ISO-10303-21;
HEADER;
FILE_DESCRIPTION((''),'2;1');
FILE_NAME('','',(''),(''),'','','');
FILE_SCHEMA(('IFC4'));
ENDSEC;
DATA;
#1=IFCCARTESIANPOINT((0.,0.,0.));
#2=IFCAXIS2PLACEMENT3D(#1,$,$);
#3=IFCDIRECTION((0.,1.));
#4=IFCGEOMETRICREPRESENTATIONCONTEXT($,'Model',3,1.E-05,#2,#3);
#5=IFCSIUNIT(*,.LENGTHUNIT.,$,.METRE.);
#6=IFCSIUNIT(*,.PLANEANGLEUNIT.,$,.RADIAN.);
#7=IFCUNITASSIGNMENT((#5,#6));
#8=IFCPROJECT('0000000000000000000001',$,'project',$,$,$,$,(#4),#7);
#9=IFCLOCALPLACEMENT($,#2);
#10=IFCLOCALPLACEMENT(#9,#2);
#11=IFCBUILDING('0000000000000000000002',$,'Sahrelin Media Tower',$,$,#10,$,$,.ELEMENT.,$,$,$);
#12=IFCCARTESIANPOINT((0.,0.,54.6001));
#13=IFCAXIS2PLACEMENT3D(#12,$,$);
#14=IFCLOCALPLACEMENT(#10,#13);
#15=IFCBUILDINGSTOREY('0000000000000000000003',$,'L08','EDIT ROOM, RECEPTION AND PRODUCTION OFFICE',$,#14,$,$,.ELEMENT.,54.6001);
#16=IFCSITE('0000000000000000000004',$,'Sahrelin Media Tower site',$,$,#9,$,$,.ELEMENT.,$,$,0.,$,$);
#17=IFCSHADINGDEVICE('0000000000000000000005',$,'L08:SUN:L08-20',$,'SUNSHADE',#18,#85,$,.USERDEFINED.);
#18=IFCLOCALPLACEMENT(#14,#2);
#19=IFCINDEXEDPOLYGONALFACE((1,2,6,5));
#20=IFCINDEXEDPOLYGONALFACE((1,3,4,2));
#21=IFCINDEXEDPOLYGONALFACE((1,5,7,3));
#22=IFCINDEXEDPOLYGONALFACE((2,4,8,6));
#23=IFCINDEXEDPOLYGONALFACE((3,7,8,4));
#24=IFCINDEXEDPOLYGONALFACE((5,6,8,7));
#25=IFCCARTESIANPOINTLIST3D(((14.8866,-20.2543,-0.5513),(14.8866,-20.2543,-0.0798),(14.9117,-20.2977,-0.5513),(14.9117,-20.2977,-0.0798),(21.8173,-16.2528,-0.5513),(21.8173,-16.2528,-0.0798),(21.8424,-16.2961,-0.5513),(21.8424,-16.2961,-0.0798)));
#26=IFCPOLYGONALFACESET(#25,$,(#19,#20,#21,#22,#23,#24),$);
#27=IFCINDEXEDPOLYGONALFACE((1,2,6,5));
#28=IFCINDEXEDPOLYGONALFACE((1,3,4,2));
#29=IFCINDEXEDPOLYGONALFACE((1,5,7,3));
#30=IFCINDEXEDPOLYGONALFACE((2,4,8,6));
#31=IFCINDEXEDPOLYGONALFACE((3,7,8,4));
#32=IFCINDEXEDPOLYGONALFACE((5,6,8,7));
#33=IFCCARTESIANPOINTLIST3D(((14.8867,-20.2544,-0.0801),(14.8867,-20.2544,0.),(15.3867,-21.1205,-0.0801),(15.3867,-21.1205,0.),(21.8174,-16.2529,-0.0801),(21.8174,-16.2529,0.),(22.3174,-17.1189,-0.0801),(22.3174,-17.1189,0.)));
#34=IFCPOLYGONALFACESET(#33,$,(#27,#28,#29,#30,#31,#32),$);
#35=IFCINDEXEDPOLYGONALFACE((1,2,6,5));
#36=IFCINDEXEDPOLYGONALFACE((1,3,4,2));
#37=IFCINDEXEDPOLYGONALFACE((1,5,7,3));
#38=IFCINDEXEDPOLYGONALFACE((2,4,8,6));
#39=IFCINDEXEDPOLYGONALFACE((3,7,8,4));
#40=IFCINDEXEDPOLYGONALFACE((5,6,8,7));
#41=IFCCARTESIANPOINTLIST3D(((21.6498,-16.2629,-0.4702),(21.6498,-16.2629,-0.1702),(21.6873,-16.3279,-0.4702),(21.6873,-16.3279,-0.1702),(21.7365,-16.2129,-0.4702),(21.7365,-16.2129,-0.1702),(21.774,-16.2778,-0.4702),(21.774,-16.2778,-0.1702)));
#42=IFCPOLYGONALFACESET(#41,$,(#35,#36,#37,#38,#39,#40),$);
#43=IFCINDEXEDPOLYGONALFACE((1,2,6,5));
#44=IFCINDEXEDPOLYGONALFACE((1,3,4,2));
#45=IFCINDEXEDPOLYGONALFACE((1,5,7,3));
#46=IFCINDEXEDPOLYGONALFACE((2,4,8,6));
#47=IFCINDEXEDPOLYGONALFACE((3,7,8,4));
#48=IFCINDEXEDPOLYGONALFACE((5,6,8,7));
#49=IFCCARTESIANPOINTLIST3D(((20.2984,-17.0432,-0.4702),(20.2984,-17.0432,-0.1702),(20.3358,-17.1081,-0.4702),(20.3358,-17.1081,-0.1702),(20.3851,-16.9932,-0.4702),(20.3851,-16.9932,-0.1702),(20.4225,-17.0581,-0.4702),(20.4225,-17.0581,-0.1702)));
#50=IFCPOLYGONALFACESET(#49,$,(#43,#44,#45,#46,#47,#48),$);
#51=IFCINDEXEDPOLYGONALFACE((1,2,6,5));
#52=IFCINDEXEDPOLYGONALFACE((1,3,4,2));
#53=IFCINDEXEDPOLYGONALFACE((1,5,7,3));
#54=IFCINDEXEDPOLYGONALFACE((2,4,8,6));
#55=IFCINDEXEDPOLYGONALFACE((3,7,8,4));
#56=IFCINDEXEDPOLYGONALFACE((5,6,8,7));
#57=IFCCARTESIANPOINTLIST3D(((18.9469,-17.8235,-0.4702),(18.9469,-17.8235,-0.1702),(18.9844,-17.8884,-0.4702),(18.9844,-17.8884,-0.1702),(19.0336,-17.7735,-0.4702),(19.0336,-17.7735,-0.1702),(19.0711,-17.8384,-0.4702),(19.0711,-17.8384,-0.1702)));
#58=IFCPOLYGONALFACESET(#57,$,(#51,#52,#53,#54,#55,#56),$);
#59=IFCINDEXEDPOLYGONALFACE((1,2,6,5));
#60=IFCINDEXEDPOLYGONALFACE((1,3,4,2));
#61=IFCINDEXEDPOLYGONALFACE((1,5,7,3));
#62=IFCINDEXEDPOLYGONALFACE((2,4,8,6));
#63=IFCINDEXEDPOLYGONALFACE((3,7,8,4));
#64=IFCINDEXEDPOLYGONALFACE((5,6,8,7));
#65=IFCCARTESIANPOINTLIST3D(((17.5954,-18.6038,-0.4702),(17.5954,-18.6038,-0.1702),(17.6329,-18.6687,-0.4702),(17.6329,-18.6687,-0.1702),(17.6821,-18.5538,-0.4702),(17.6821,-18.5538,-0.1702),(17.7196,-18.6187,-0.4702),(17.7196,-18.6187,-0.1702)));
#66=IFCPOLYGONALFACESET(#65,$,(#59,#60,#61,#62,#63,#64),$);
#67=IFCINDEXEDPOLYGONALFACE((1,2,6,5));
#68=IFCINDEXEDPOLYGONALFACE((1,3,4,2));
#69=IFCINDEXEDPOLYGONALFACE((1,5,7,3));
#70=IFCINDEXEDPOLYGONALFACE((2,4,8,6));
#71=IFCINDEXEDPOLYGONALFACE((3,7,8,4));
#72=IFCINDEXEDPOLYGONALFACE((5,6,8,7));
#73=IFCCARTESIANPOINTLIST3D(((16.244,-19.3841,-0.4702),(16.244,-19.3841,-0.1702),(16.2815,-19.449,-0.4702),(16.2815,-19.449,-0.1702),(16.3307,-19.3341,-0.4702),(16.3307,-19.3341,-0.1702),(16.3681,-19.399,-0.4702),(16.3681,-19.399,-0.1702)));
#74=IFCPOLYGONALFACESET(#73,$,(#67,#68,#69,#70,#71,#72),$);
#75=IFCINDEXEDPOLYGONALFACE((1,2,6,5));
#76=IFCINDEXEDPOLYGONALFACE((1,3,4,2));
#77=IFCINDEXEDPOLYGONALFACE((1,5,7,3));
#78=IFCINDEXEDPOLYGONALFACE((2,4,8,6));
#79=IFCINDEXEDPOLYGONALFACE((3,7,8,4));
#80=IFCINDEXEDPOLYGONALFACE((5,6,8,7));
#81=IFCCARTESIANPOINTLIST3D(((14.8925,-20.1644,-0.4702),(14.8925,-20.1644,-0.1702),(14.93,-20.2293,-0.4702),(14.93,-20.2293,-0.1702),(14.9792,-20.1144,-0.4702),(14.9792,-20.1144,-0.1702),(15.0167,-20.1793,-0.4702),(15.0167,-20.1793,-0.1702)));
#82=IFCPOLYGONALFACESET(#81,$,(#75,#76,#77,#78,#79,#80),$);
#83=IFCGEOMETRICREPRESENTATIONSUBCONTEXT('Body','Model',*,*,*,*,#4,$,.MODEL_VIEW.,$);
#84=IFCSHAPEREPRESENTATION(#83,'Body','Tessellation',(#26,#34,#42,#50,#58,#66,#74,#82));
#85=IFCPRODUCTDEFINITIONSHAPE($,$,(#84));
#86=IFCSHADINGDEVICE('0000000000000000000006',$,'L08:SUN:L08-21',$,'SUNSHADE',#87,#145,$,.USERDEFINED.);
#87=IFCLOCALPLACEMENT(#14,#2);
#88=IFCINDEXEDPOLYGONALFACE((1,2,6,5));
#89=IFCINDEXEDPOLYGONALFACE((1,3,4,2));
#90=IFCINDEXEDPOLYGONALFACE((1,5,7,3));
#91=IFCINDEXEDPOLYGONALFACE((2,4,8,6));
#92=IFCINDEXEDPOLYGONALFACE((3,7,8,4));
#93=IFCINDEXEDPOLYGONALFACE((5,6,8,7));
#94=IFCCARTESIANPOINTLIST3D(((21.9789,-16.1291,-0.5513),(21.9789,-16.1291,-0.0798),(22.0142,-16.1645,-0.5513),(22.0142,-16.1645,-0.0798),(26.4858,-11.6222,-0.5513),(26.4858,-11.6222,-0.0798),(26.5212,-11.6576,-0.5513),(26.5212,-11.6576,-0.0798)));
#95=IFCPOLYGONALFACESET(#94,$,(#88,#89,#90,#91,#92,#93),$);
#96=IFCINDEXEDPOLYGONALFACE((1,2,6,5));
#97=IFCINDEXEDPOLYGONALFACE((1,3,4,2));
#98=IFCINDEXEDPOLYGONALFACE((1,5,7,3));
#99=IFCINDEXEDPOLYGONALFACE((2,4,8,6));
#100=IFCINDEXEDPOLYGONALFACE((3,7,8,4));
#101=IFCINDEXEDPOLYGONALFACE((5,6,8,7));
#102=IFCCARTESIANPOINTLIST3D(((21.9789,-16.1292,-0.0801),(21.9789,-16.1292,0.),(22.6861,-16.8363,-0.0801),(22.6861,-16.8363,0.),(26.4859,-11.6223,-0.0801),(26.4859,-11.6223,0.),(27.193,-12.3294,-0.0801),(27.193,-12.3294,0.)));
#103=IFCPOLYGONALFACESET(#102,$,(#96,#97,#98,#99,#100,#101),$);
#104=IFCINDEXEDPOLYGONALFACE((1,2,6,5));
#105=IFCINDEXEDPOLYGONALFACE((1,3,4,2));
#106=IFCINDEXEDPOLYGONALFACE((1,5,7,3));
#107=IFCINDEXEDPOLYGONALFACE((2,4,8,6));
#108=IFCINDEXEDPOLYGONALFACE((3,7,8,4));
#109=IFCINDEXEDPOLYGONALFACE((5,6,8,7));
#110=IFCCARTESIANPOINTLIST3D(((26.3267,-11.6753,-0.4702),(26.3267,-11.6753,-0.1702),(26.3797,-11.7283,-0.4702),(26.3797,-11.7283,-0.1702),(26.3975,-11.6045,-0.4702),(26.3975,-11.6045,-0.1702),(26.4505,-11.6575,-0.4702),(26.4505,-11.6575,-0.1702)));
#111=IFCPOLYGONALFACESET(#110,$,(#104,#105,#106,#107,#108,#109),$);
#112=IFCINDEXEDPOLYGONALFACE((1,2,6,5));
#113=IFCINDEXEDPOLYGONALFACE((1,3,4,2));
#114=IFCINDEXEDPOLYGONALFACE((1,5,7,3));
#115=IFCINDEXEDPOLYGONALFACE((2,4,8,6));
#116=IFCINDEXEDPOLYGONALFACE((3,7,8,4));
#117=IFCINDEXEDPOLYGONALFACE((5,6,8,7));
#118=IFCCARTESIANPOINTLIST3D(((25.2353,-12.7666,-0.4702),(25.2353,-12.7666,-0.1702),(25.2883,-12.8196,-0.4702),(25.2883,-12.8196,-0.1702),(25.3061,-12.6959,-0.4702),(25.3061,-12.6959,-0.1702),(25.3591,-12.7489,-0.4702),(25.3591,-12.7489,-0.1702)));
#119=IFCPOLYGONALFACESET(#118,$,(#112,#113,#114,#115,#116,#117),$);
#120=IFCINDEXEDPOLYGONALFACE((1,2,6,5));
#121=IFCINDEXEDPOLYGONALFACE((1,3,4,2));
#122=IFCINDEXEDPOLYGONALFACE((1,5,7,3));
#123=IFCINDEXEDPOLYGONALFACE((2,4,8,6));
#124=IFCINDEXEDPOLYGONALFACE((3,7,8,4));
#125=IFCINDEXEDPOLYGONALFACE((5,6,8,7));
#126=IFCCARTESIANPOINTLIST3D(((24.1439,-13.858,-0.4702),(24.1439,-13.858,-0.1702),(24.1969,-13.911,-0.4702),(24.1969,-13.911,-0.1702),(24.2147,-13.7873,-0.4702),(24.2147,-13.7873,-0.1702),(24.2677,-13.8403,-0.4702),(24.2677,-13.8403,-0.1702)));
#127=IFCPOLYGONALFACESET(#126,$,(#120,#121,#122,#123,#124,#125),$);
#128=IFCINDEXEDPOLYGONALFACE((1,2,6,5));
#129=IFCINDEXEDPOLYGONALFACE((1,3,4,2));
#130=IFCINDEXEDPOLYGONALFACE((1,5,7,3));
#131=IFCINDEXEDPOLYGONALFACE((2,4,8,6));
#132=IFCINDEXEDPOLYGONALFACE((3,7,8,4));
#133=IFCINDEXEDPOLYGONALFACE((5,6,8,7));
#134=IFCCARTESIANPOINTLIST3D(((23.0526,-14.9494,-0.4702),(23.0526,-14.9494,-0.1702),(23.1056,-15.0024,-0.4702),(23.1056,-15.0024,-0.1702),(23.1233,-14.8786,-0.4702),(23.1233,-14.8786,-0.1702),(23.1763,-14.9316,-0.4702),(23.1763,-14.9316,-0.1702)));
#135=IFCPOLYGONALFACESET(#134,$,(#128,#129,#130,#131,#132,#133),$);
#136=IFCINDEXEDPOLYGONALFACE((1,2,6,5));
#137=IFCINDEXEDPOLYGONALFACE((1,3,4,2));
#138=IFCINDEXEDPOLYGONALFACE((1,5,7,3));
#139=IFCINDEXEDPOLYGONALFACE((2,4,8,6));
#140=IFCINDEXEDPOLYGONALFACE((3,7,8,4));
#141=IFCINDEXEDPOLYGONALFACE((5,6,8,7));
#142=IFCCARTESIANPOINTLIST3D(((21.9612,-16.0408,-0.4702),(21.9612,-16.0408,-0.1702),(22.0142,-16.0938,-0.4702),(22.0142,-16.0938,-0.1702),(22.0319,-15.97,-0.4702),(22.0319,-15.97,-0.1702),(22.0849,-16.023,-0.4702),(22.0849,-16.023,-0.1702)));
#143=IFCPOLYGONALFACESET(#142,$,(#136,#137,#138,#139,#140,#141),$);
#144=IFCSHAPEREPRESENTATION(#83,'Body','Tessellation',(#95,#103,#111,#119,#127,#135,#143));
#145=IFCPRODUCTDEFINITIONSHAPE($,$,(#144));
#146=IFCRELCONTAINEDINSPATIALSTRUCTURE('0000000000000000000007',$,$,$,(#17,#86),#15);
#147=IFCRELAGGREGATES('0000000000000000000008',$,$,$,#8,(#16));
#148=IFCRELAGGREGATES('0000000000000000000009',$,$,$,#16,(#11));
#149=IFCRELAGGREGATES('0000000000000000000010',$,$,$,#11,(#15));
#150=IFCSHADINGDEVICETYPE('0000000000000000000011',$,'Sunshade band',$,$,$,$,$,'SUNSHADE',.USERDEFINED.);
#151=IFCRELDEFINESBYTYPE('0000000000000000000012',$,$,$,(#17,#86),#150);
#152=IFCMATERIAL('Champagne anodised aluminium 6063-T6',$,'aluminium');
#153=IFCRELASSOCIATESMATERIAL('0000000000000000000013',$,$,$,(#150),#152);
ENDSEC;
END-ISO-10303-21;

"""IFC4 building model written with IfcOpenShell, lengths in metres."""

from ifc_helpers import new_model, si_unit, direction, frame, origin, origin_2d, place, context, subcontext, project, spatial, rectangle, extrude, material, type_object, element, save


model = new_model("IFC4")

# Units and contexts
model_context = context("Model", 3, precision=1e-05, world=origin(), true_north=direction((0.0, 1.0)))
body_context = subcontext(model_context, "Body", "Model", "MODEL_VIEW")
ifc_project = project(units=[si_unit("LENGTHUNIT", "METRE"), si_unit("PLANEANGLEUNIT", "RADIAN")], contexts=[model_context])

# Site, building, storey
site_placement = place(None, origin())
site = spatial("IfcSite", under=ifc_project, at=site_placement, Name="Sahrelin Media Tower site", CompositionType="ELEMENT", RefElevation=0.0)
building_placement = place(site_placement, origin())
building = spatial("IfcBuilding", under=site, at=building_placement, Name="Sahrelin Media Tower", CompositionType="ELEMENT")
storey_placement = place(building_placement, frame((0.0, 0.0, 54.6001)))
storey = spatial("IfcBuildingStorey", under=building, at=storey_placement, Name="L08", Description="EDIT ROOM, RECEPTION AND PRODUCTION OFFICE", CompositionType="ELEMENT", Elevation=54.6001)

# Shared definitions
ifc_material_1 = material(Name="Champagne anodised aluminium 6063-T6", Category="aluminium")

# Shading devices
placement_1 = place(storey_placement, frame((18.342, -18.2363, 0.0), z_axis=(0.0, 0.0, 1.0), x_axis=(-0.866019, -0.500011, 0.0)))
placement_2 = place(storey_placement, frame((24.2183, -13.8616, 0.0), z_axis=(0.0, 0.0, 1.0), x_axis=(-0.707107, -0.707107, 0.0)))
shading_device_type_1 = type_object("IfcShadingDeviceType", Name="Sunshade band", ElementType="SUNSHADE", PredefinedType="USERDEFINED", material=ifc_material_1)
element("IfcShadingDevice", 1, at=placement_1, inside=storey, type_object=shading_device_type_1, Name="L08:SUN:L08-20", ObjectType="SUNSHADE", PredefinedType="USERDEFINED", context=body_context, shape_type="SweptSolid", body=[
    extrude(rectangle(XDim=8.0029, YDim=0.05, at=origin_2d()), frame((0.0, 0.0449, -0.5513)), (0.0, 0.0, 1.0), 0.4714),
    extrude(rectangle(XDim=8.0029, YDim=1.0, at=origin_2d()), frame((0.0, 0.52, -0.0801)), (0.0, 0.0, 1.0), 0.0801),
    extrude(rectangle(XDim=0.1001, YDim=0.075, at=origin_2d()), frame((-3.9014, -0.0176, -0.4702)), (0.0, 0.0, 1.0), 0.3),
    extrude(rectangle(XDim=0.1001, YDim=0.075, at=origin_2d()), frame((-2.3408, -0.0176, -0.4702)), (0.0, 0.0, 1.0), 0.3),
    extrude(rectangle(XDim=0.1001, YDim=0.075, at=origin_2d()), frame((-0.7803, -0.0176, -0.4702)), (0.0, 0.0, 1.0), 0.3),
    extrude(rectangle(XDim=0.1001, YDim=0.075, at=origin_2d()), frame((0.7803, -0.0176, -0.4702)), (0.0, 0.0, 1.0), 0.3),
    extrude(rectangle(XDim=0.1001, YDim=0.075, at=origin_2d()), frame((2.3408, -0.0176, -0.4702)), (0.0, 0.0, 1.0), 0.3),
    extrude(rectangle(XDim=0.1001, YDim=0.075, at=origin_2d()), frame((3.9014, -0.0176, -0.4702)), (0.0, 0.0, 1.0), 0.3),
])
element("IfcShadingDevice", 2, at=placement_2, inside=storey, type_object=shading_device_type_1, Name="L08:SUN:L08-21", ObjectType="SUNSHADE", PredefinedType="USERDEFINED", context=body_context, shape_type="SweptSolid", body=[
    extrude(rectangle(XDim=6.3738, YDim=0.05, at=origin_2d()), frame((0.0, 0.0449, -0.5513)), (0.0, 0.0, 1.0), 0.4714),
    extrude(rectangle(XDim=6.3738, YDim=1.0, at=origin_2d()), frame((0.0, 0.52, -0.0801)), (0.0, 0.0, 1.0), 0.0801),
    extrude(rectangle(XDim=0.1001, YDim=0.075, at=origin_2d()), frame((-3.0869, -0.0176, -0.4702)), (0.0, 0.0, 1.0), 0.3),
    extrude(rectangle(XDim=0.1001, YDim=0.075, at=origin_2d()), frame((-1.5435, -0.0176, -0.4702)), (0.0, 0.0, 1.0), 0.3),
    extrude(rectangle(XDim=0.1001, YDim=0.075, at=origin_2d()), frame((0.0, -0.0176, -0.4702)), (0.0, 0.0, 1.0), 0.3),
    extrude(rectangle(XDim=0.1001, YDim=0.075, at=origin_2d()), frame((1.5435, -0.0176, -0.4702)), (0.0, 0.0, 1.0), 0.3),
    extrude(rectangle(XDim=0.1001, YDim=0.075, at=origin_2d()), frame((3.0869, -0.0176, -0.4702)), (0.0, 0.0, 1.0), 0.3),
])

save(model, "model.ifc")
